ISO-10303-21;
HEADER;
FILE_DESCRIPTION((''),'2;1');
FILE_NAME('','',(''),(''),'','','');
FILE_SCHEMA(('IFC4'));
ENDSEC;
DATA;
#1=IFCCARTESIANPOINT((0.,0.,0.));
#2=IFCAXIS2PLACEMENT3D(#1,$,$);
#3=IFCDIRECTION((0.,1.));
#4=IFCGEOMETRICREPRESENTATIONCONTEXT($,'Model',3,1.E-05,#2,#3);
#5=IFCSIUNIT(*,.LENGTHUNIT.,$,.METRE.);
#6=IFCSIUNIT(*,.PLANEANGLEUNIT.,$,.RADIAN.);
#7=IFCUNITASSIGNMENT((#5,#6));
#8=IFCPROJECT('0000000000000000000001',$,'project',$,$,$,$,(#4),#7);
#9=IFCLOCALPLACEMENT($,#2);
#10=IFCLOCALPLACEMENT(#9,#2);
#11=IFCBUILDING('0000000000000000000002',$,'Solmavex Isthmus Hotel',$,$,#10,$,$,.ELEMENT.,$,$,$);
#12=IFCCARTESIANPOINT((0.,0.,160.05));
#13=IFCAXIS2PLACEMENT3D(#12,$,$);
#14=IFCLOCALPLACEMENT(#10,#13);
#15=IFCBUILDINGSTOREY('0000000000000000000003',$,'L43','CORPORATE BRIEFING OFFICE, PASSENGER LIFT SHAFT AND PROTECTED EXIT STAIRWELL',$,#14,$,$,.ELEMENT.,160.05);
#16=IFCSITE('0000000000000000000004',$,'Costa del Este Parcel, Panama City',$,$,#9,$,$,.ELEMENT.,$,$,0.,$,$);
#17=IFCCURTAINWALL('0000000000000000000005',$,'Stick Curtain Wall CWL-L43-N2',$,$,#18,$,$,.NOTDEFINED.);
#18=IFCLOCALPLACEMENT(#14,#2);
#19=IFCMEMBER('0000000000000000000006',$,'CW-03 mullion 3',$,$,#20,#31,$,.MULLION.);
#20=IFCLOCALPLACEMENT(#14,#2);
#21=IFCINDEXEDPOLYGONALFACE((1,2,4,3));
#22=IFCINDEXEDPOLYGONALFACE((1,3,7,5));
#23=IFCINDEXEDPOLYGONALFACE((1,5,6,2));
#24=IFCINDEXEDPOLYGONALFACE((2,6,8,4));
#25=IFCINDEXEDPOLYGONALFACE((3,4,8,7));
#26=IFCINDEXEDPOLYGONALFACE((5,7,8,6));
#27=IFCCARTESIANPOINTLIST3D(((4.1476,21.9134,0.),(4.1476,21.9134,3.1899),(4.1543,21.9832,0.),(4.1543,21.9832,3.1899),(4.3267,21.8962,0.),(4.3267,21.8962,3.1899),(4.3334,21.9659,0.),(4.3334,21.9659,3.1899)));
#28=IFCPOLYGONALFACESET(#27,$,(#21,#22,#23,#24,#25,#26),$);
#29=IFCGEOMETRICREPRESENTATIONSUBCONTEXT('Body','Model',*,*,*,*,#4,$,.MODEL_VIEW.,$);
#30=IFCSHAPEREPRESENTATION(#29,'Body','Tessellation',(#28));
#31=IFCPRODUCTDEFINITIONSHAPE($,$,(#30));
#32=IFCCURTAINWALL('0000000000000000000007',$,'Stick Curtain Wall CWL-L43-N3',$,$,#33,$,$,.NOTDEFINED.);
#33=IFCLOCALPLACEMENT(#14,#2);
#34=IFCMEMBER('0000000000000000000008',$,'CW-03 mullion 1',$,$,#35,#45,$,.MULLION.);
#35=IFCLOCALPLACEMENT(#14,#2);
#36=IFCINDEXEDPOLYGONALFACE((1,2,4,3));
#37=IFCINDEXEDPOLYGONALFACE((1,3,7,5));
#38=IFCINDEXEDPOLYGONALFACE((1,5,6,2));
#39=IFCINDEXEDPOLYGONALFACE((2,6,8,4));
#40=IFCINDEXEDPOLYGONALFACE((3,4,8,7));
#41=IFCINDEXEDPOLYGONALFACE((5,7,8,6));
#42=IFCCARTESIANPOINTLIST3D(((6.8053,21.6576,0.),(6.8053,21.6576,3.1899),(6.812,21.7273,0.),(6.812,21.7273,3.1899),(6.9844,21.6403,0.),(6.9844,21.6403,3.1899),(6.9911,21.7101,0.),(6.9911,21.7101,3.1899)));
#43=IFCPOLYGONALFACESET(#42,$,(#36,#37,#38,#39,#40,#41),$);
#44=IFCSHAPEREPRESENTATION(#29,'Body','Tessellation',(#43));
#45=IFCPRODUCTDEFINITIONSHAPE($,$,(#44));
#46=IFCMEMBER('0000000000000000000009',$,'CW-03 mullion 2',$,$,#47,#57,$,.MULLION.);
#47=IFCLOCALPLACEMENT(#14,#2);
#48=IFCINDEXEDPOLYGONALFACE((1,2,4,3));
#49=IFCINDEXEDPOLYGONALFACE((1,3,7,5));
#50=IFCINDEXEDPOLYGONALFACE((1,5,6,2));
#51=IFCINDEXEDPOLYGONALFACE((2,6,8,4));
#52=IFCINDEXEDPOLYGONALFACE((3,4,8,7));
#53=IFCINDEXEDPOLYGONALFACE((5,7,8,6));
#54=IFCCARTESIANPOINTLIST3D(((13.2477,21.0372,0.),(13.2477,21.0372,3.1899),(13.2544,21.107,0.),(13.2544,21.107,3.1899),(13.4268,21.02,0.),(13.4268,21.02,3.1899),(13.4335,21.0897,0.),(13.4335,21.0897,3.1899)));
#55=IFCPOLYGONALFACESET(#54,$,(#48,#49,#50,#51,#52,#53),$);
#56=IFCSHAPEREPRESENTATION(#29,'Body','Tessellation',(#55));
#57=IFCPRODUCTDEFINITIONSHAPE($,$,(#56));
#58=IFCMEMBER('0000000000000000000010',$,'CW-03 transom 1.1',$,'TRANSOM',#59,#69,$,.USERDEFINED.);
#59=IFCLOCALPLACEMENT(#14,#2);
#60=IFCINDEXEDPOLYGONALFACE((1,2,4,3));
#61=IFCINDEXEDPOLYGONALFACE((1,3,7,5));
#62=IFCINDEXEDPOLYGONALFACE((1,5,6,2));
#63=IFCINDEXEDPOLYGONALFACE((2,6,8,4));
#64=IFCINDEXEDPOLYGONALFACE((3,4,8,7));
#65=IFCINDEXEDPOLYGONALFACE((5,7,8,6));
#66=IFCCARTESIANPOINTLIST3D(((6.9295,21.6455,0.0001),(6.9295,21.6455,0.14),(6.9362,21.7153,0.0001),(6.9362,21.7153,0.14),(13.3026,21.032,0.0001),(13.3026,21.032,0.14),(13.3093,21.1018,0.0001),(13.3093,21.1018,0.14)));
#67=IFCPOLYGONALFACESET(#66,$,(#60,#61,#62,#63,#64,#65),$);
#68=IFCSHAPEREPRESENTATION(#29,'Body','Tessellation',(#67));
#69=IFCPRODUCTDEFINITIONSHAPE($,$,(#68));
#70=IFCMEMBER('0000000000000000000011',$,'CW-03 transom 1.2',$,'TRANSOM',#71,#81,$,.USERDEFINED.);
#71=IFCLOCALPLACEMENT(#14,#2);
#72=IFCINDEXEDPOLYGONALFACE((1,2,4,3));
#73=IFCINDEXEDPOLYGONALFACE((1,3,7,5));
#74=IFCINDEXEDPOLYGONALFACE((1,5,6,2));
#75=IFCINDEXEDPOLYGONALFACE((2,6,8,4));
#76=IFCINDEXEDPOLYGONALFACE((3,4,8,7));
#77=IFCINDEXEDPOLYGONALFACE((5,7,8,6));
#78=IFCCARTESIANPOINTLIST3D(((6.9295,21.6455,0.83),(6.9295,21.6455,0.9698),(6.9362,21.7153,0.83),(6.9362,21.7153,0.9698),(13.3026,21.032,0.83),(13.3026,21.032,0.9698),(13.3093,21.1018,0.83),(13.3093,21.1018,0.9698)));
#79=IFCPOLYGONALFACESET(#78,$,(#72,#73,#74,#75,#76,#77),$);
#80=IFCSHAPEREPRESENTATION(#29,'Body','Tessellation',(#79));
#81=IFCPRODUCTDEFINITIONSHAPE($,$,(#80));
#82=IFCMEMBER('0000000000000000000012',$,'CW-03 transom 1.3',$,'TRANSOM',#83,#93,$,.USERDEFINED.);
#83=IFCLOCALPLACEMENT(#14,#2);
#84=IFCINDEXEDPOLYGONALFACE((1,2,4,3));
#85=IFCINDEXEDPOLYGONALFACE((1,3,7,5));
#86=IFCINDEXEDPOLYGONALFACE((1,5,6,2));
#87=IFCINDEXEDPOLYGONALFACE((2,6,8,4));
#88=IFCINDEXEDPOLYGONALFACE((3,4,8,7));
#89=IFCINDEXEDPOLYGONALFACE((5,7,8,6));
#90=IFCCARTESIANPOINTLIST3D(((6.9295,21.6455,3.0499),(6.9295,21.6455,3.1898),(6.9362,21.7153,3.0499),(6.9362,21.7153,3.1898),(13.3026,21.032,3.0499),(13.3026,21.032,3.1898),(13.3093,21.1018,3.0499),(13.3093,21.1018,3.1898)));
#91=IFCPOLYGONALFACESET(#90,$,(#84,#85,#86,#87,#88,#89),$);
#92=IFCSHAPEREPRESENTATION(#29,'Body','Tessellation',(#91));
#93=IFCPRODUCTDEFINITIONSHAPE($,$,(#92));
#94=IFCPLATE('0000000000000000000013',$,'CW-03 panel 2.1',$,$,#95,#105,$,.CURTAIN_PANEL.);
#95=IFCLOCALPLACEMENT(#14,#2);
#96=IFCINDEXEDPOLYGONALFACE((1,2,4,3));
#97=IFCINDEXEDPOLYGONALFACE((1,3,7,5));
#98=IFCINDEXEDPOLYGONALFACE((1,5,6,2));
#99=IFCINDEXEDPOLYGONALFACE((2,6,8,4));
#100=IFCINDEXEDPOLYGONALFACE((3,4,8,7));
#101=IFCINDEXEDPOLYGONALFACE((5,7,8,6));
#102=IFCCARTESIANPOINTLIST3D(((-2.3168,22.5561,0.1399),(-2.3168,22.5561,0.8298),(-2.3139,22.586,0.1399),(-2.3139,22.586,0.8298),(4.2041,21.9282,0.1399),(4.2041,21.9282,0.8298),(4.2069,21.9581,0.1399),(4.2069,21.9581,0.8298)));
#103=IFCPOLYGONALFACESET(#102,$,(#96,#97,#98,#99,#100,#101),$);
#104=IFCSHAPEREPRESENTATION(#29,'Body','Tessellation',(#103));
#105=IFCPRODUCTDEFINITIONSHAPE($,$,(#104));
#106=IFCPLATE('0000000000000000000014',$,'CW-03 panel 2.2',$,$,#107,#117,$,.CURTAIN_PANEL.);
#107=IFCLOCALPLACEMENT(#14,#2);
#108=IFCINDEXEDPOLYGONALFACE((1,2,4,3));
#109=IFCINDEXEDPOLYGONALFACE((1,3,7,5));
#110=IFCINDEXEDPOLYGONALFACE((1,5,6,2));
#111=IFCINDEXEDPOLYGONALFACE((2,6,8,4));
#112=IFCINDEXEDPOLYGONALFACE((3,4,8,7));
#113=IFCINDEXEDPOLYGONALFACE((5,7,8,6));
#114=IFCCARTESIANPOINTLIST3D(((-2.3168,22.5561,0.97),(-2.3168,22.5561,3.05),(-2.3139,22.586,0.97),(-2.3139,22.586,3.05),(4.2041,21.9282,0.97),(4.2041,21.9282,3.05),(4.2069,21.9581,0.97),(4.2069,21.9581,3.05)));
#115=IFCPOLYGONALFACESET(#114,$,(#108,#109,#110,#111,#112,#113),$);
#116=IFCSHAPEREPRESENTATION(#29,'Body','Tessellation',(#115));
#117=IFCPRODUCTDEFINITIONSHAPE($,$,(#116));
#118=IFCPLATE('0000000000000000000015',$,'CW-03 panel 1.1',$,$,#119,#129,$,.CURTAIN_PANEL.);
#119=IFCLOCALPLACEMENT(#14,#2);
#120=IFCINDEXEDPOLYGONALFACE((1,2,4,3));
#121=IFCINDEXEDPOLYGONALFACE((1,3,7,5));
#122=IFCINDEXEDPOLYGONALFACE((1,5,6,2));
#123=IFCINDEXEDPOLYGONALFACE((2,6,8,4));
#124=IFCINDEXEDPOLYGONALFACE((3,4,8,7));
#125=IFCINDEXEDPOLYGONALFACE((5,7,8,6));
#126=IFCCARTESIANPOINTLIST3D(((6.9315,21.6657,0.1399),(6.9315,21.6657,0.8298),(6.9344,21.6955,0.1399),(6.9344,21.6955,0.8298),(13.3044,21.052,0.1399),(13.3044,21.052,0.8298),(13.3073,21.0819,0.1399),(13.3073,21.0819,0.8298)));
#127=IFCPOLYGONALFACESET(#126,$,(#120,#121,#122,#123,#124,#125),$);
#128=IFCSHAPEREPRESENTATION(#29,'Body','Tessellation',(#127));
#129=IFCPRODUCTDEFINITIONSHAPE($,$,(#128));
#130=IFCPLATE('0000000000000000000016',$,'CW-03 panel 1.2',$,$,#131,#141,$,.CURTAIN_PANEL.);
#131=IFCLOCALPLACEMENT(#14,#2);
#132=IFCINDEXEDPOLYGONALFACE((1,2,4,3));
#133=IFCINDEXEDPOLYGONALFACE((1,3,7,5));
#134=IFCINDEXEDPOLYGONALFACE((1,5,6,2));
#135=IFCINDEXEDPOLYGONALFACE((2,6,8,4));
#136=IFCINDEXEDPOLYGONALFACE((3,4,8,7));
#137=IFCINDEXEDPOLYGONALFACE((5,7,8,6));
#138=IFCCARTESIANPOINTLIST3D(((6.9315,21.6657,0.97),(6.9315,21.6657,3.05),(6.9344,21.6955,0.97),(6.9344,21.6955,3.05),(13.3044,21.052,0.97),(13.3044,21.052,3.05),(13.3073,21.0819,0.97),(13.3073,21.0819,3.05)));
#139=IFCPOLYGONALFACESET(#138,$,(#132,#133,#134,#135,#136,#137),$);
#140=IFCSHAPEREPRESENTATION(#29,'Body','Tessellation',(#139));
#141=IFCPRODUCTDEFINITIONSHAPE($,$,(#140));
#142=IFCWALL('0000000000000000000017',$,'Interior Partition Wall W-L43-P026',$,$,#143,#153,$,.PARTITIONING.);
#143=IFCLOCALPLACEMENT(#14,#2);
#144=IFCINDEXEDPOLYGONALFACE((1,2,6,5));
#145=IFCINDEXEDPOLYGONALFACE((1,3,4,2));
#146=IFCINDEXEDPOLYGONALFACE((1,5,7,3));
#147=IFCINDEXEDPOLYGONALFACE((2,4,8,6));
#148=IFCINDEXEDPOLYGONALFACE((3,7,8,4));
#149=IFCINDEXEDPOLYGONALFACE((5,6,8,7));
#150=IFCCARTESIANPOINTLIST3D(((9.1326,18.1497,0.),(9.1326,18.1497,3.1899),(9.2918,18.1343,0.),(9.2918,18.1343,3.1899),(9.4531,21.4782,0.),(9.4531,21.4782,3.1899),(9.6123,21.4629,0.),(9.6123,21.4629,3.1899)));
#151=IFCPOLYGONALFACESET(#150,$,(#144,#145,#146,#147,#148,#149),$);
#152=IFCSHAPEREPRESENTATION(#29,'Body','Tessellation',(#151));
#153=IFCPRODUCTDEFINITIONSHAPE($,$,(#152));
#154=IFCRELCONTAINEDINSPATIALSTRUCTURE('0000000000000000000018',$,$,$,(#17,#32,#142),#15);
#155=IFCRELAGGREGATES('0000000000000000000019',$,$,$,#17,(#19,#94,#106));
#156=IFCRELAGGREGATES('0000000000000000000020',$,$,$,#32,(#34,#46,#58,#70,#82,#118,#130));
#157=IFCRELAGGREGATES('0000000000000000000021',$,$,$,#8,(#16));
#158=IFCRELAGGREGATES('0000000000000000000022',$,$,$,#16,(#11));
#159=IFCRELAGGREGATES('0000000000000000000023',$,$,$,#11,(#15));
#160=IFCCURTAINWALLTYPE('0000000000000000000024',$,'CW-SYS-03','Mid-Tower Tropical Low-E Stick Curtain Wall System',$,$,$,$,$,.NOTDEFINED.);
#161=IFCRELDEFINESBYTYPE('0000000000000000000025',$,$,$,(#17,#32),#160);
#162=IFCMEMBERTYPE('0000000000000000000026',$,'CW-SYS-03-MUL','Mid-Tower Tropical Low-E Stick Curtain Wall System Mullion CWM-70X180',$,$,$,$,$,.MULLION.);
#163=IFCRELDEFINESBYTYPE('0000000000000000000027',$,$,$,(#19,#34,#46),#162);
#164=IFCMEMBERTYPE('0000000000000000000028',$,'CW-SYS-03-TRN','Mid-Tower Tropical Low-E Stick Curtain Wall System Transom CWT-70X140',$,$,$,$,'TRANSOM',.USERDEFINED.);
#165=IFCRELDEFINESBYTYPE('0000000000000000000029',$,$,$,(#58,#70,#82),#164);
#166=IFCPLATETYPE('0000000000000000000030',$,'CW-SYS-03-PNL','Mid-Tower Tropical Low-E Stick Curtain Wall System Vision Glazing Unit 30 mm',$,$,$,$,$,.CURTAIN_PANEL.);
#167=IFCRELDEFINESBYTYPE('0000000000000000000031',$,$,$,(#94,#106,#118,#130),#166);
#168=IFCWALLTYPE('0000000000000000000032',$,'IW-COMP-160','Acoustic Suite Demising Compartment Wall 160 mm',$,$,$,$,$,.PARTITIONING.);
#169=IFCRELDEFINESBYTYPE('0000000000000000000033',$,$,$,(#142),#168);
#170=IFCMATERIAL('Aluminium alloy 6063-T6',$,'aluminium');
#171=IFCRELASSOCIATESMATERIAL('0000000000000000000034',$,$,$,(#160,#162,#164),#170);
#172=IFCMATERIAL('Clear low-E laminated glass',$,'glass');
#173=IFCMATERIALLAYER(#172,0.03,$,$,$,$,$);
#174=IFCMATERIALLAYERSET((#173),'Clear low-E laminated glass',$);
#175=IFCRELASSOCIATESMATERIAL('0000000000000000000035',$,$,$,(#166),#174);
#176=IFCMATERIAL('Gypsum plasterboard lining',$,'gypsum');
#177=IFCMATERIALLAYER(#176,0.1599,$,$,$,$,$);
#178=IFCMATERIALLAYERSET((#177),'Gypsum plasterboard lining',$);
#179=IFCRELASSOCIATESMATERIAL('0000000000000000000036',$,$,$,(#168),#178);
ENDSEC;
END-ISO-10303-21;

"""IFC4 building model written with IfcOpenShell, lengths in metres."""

from ifc_helpers import new_model, si_unit, direction, frame, frame_2d, origin, origin_2d, place, context, subcontext, project, spatial, rectangle, extrude, material, layer, layer_set, material_profile, profile_set, type_object, element, aggregate, save


model = new_model("IFC4")

# Units and contexts
model_context = context("Model", 3, precision=1e-05, world=origin(), true_north=direction((0.0, 1.0)))
body_context = subcontext(model_context, "Body", "Model", "MODEL_VIEW")
ifc_project = project(units=[si_unit("LENGTHUNIT", "METRE"), si_unit("PLANEANGLEUNIT", "RADIAN")], contexts=[model_context])

# Site, building, storey
site_placement = place(None, origin())
site = spatial("IfcSite", under=ifc_project, at=site_placement, Name="Costa del Este Parcel, Panama City", CompositionType="ELEMENT", RefElevation=0.0)
building_placement = place(site_placement, origin())
building = spatial("IfcBuilding", under=site, at=building_placement, Name="Solmavex Isthmus Hotel", CompositionType="ELEMENT")
storey_placement = place(building_placement, frame((0.0, 0.0, 160.05)))
storey = spatial("IfcBuildingStorey", under=building, at=storey_placement, Name="L43", Description="CORPORATE BRIEFING OFFICE, PASSENGER LIFT SHAFT AND PROTECTED EXIT STAIRWELL", CompositionType="ELEMENT", Elevation=160.05)

# Curtain wall, member
ifc_material_1 = material(Name="Aluminium alloy 6063-T6", Category="aluminium")
curtain_wall_type = type_object("IfcCurtainWallType", Name="CW-SYS-03", Description="Mid-Tower Tropical Low-E Stick Curtain Wall System", PredefinedType="NOTDEFINED", material=ifc_material_1)
curtain_wall_1_placement = place(storey_placement, origin())
curtain_wall_1 = element("IfcCurtainWall", 1, at=curtain_wall_1_placement, inside=storey, type_object=curtain_wall_type, Name="Stick Curtain Wall CWL-L43-N2", PredefinedType="NOTDEFINED")
ifc_material_profile_1 = material_profile(ifc_material_1, rectangle(XDim=0.0701, YDim=0.1799, at=origin_2d()), Name="CWM-70X180")
ifc_profile_set_1 = profile_set([ifc_material_profile_1], Name="Aluminium alloy 6063-T6")
member_type_1 = type_object("IfcMemberType", Name="CW-SYS-03-MUL", Description="Mid-Tower Tropical Low-E Stick Curtain Wall System Mullion CWM-70X180", PredefinedType="MULLION", material=ifc_profile_set_1)
member_1_placement = place(storey_placement, frame((4.2405, 21.9397, 0.0), z_axis=(0.0, 0.0, 1.0), x_axis=(0.095845, 0.995396, 0.0)))
member_1 = element("IfcMember", 2, at=member_1_placement, type_object=member_type_1, Name="CW-03 mullion 3", PredefinedType="MULLION", context=body_context, shape_type="SweptSolid", body=[
    extrude(rectangle(XDim=0.0701, YDim=0.1799, at=origin_2d()), origin(), (0.0, 0.0, 1.0), 3.1899),
])

# Curtain wall, members
curtain_wall_2_placement = place(storey_placement, origin())
curtain_wall_2 = element("IfcCurtainWall", 3, at=curtain_wall_2_placement, inside=storey, type_object=curtain_wall_type, Name="Stick Curtain Wall CWL-L43-N3", PredefinedType="NOTDEFINED")
member_2_placement = place(storey_placement, frame((6.8982, 21.6838, 0.0), z_axis=(0.0, 0.0, 1.0), x_axis=(0.095846, 0.995396, 0.0)))
member_2 = element("IfcMember", 4, at=member_2_placement, type_object=member_type_1, Name="CW-03 mullion 1", PredefinedType="MULLION", context=body_context, shape_type="SweptSolid", body=[
    extrude(rectangle(XDim=0.0701, YDim=0.1799, at=origin_2d()), origin(), (0.0, 0.0, 1.0), 3.1899),
])
member_3_placement = place(storey_placement, frame((13.3406, 21.0635, 0.0), z_axis=(0.0, 0.0, 1.0), x_axis=(0.095846, 0.995396, 0.0)))
member_3 = element("IfcMember", 5, at=member_3_placement, type_object=member_type_1, Name="CW-03 mullion 2", PredefinedType="MULLION", context=body_context, shape_type="SweptSolid", body=[
    extrude(rectangle(XDim=0.0701, YDim=0.1799, at=origin_2d()), origin(), (0.0, 0.0, 1.0), 3.1899),
])
ifc_material_profile_2 = material_profile(ifc_material_1, rectangle(XDim=0.0701, YDim=0.1399, at=origin_2d()), Name="CWT-70X140")
ifc_profile_set_2 = profile_set([ifc_material_profile_2], Name="Aluminium alloy 6063-T6")
member_type_2 = type_object("IfcMemberType", Name="CW-SYS-03-TRN", Description="Mid-Tower Tropical Low-E Stick Curtain Wall System Transom CWT-70X140", ElementType="TRANSOM", PredefinedType="USERDEFINED", material=ifc_profile_set_2)
member_4_placement = place(storey_placement, frame((6.9329, 21.6804, 0.0701), z_axis=(0.995398, -0.095826, 0.0), x_axis=(0.095826, 0.995398, 0.0)))
member_4 = element("IfcMember", 6, at=member_4_placement, type_object=member_type_2, Name="CW-03 transom 1.1", ObjectType="TRANSOM", PredefinedType="USERDEFINED", context=body_context, shape_type="SweptSolid", body=[
    extrude(rectangle(XDim=0.0701, YDim=0.1399, at=origin_2d()), origin(), (0.0, 0.0, 1.0), 6.4026),
])
member_5_placement = place(storey_placement, frame((6.9329, 21.6804, 0.8999), z_axis=(0.995398, -0.095826, 0.0), x_axis=(0.095826, 0.995398, 0.0)))
member_5 = element("IfcMember", 7, at=member_5_placement, type_object=member_type_2, Name="CW-03 transom 1.2", ObjectType="TRANSOM", PredefinedType="USERDEFINED", context=body_context, shape_type="SweptSolid", body=[
    extrude(rectangle(XDim=0.0701, YDim=0.1399, at=origin_2d()), origin(), (0.0, 0.0, 1.0), 6.4026),
])
member_6_placement = place(storey_placement, frame((6.9329, 21.6804, 3.1199), z_axis=(0.995398, -0.095826, 0.0), x_axis=(0.095826, 0.995398, 0.0)))
member_6 = element("IfcMember", 8, at=member_6_placement, type_object=member_type_2, Name="CW-03 transom 1.3", ObjectType="TRANSOM", PredefinedType="USERDEFINED", context=body_context, shape_type="SweptSolid", body=[
    extrude(rectangle(XDim=0.0701, YDim=0.1399, at=origin_2d()), origin(), (0.0, 0.0, 1.0), 6.4026),
])

# Plates
ifc_material_2 = material(Name="Clear low-E laminated glass", Category="glass")
ifc_layer_1 = layer(ifc_material_2, 0.03)
ifc_layer_set_1 = layer_set([ifc_layer_1], Name="Clear low-E laminated glass")
plate_type = type_object("IfcPlateType", Name="CW-SYS-03-PNL", Description="Mid-Tower Tropical Low-E Stick Curtain Wall System Vision Glazing Unit 30 mm", PredefinedType="CURTAIN_PANEL", material=ifc_layer_set_1)
plate_1_placement = place(storey_placement, frame((0.9451, 22.2571, 0.1399), z_axis=(0.0, 0.0, 1.0), x_axis=(0.995396, -0.095845, 0.0)))
plate_1 = element("IfcPlate", 9, at=plate_1_placement, type_object=plate_type, Name="CW-03 panel 2.1", PredefinedType="CURTAIN_PANEL", context=body_context, shape_type="SweptSolid", body=[
    extrude(rectangle(XDim=6.551, YDim=0.03, at=origin_2d()), origin(), (0.0, 0.0, 1.0), 0.6899),
])
plate_2_placement = place(storey_placement, frame((0.9451, 22.2571, 0.97), z_axis=(0.0, 0.0, 1.0), x_axis=(0.995396, -0.095845, 0.0)))
plate_2 = element("IfcPlate", 10, at=plate_2_placement, type_object=plate_type, Name="CW-03 panel 2.2", PredefinedType="CURTAIN_PANEL", context=body_context, shape_type="SweptSolid", body=[
    extrude(rectangle(XDim=6.551, YDim=0.03, at=origin_2d()), origin(), (0.0, 0.0, 1.0), 2.0801),
])
aggregate(curtain_wall_1, [member_1, plate_1, plate_2])
plate_3_placement = place(storey_placement, frame((10.1194, 21.3738, 0.1399), z_axis=(0.0, 0.0, 1.0), x_axis=(0.995396, -0.095846, 0.0)))
plate_3 = element("IfcPlate", 11, at=plate_3_placement, type_object=plate_type, Name="CW-03 panel 1.1", PredefinedType="CURTAIN_PANEL", context=body_context, shape_type="SweptSolid", body=[
    extrude(rectangle(XDim=6.4023, YDim=0.03, at=origin_2d()), origin(), (0.0, 0.0, 1.0), 0.6899),
])
plate_4_placement = place(storey_placement, frame((10.1194, 21.3738, 0.97), z_axis=(0.0, 0.0, 1.0), x_axis=(0.995396, -0.095846, 0.0)))
plate_4 = element("IfcPlate", 12, at=plate_4_placement, type_object=plate_type, Name="CW-03 panel 1.2", PredefinedType="CURTAIN_PANEL", context=body_context, shape_type="SweptSolid", body=[
    extrude(rectangle(XDim=6.4023, YDim=0.03, at=origin_2d()), origin(), (0.0, 0.0, 1.0), 2.0801),
])
aggregate(curtain_wall_2, [member_2, member_3, member_4, member_5, member_6, plate_3, plate_4])

# Wall
ifc_material_3 = material(Name="Gypsum plasterboard lining", Category="gypsum")
ifc_layer_2 = layer(ifc_material_3, 0.1599)
ifc_layer_set_2 = layer_set([ifc_layer_2], Name="Gypsum plasterboard lining")
wall_type_1 = type_object("IfcWallType", Name="IW-COMP-160", Description="Acoustic Suite Demising Compartment Wall 160 mm", PredefinedType="PARTITIONING", material=ifc_layer_set_2)
wall_1_placement = place(storey_placement, frame((9.5327, 21.4705, 0.0), z_axis=(0.0, 0.0, 1.0), x_axis=(-0.09586, -0.995395, 0.0)))
element("IfcWall", 13, at=wall_1_placement, inside=storey, type_object=wall_type_1, Name="Interior Partition Wall W-L43-P026", PredefinedType="PARTITIONING", context=body_context, shape_type="SweptSolid", body=[
    extrude(rectangle(XDim=3.344, YDim=0.1599, at=frame_2d((1.6719, 0.0))), origin(), (0.0, 0.0, 1.0), 3.1899),
])

save(model, "model.ifc")
